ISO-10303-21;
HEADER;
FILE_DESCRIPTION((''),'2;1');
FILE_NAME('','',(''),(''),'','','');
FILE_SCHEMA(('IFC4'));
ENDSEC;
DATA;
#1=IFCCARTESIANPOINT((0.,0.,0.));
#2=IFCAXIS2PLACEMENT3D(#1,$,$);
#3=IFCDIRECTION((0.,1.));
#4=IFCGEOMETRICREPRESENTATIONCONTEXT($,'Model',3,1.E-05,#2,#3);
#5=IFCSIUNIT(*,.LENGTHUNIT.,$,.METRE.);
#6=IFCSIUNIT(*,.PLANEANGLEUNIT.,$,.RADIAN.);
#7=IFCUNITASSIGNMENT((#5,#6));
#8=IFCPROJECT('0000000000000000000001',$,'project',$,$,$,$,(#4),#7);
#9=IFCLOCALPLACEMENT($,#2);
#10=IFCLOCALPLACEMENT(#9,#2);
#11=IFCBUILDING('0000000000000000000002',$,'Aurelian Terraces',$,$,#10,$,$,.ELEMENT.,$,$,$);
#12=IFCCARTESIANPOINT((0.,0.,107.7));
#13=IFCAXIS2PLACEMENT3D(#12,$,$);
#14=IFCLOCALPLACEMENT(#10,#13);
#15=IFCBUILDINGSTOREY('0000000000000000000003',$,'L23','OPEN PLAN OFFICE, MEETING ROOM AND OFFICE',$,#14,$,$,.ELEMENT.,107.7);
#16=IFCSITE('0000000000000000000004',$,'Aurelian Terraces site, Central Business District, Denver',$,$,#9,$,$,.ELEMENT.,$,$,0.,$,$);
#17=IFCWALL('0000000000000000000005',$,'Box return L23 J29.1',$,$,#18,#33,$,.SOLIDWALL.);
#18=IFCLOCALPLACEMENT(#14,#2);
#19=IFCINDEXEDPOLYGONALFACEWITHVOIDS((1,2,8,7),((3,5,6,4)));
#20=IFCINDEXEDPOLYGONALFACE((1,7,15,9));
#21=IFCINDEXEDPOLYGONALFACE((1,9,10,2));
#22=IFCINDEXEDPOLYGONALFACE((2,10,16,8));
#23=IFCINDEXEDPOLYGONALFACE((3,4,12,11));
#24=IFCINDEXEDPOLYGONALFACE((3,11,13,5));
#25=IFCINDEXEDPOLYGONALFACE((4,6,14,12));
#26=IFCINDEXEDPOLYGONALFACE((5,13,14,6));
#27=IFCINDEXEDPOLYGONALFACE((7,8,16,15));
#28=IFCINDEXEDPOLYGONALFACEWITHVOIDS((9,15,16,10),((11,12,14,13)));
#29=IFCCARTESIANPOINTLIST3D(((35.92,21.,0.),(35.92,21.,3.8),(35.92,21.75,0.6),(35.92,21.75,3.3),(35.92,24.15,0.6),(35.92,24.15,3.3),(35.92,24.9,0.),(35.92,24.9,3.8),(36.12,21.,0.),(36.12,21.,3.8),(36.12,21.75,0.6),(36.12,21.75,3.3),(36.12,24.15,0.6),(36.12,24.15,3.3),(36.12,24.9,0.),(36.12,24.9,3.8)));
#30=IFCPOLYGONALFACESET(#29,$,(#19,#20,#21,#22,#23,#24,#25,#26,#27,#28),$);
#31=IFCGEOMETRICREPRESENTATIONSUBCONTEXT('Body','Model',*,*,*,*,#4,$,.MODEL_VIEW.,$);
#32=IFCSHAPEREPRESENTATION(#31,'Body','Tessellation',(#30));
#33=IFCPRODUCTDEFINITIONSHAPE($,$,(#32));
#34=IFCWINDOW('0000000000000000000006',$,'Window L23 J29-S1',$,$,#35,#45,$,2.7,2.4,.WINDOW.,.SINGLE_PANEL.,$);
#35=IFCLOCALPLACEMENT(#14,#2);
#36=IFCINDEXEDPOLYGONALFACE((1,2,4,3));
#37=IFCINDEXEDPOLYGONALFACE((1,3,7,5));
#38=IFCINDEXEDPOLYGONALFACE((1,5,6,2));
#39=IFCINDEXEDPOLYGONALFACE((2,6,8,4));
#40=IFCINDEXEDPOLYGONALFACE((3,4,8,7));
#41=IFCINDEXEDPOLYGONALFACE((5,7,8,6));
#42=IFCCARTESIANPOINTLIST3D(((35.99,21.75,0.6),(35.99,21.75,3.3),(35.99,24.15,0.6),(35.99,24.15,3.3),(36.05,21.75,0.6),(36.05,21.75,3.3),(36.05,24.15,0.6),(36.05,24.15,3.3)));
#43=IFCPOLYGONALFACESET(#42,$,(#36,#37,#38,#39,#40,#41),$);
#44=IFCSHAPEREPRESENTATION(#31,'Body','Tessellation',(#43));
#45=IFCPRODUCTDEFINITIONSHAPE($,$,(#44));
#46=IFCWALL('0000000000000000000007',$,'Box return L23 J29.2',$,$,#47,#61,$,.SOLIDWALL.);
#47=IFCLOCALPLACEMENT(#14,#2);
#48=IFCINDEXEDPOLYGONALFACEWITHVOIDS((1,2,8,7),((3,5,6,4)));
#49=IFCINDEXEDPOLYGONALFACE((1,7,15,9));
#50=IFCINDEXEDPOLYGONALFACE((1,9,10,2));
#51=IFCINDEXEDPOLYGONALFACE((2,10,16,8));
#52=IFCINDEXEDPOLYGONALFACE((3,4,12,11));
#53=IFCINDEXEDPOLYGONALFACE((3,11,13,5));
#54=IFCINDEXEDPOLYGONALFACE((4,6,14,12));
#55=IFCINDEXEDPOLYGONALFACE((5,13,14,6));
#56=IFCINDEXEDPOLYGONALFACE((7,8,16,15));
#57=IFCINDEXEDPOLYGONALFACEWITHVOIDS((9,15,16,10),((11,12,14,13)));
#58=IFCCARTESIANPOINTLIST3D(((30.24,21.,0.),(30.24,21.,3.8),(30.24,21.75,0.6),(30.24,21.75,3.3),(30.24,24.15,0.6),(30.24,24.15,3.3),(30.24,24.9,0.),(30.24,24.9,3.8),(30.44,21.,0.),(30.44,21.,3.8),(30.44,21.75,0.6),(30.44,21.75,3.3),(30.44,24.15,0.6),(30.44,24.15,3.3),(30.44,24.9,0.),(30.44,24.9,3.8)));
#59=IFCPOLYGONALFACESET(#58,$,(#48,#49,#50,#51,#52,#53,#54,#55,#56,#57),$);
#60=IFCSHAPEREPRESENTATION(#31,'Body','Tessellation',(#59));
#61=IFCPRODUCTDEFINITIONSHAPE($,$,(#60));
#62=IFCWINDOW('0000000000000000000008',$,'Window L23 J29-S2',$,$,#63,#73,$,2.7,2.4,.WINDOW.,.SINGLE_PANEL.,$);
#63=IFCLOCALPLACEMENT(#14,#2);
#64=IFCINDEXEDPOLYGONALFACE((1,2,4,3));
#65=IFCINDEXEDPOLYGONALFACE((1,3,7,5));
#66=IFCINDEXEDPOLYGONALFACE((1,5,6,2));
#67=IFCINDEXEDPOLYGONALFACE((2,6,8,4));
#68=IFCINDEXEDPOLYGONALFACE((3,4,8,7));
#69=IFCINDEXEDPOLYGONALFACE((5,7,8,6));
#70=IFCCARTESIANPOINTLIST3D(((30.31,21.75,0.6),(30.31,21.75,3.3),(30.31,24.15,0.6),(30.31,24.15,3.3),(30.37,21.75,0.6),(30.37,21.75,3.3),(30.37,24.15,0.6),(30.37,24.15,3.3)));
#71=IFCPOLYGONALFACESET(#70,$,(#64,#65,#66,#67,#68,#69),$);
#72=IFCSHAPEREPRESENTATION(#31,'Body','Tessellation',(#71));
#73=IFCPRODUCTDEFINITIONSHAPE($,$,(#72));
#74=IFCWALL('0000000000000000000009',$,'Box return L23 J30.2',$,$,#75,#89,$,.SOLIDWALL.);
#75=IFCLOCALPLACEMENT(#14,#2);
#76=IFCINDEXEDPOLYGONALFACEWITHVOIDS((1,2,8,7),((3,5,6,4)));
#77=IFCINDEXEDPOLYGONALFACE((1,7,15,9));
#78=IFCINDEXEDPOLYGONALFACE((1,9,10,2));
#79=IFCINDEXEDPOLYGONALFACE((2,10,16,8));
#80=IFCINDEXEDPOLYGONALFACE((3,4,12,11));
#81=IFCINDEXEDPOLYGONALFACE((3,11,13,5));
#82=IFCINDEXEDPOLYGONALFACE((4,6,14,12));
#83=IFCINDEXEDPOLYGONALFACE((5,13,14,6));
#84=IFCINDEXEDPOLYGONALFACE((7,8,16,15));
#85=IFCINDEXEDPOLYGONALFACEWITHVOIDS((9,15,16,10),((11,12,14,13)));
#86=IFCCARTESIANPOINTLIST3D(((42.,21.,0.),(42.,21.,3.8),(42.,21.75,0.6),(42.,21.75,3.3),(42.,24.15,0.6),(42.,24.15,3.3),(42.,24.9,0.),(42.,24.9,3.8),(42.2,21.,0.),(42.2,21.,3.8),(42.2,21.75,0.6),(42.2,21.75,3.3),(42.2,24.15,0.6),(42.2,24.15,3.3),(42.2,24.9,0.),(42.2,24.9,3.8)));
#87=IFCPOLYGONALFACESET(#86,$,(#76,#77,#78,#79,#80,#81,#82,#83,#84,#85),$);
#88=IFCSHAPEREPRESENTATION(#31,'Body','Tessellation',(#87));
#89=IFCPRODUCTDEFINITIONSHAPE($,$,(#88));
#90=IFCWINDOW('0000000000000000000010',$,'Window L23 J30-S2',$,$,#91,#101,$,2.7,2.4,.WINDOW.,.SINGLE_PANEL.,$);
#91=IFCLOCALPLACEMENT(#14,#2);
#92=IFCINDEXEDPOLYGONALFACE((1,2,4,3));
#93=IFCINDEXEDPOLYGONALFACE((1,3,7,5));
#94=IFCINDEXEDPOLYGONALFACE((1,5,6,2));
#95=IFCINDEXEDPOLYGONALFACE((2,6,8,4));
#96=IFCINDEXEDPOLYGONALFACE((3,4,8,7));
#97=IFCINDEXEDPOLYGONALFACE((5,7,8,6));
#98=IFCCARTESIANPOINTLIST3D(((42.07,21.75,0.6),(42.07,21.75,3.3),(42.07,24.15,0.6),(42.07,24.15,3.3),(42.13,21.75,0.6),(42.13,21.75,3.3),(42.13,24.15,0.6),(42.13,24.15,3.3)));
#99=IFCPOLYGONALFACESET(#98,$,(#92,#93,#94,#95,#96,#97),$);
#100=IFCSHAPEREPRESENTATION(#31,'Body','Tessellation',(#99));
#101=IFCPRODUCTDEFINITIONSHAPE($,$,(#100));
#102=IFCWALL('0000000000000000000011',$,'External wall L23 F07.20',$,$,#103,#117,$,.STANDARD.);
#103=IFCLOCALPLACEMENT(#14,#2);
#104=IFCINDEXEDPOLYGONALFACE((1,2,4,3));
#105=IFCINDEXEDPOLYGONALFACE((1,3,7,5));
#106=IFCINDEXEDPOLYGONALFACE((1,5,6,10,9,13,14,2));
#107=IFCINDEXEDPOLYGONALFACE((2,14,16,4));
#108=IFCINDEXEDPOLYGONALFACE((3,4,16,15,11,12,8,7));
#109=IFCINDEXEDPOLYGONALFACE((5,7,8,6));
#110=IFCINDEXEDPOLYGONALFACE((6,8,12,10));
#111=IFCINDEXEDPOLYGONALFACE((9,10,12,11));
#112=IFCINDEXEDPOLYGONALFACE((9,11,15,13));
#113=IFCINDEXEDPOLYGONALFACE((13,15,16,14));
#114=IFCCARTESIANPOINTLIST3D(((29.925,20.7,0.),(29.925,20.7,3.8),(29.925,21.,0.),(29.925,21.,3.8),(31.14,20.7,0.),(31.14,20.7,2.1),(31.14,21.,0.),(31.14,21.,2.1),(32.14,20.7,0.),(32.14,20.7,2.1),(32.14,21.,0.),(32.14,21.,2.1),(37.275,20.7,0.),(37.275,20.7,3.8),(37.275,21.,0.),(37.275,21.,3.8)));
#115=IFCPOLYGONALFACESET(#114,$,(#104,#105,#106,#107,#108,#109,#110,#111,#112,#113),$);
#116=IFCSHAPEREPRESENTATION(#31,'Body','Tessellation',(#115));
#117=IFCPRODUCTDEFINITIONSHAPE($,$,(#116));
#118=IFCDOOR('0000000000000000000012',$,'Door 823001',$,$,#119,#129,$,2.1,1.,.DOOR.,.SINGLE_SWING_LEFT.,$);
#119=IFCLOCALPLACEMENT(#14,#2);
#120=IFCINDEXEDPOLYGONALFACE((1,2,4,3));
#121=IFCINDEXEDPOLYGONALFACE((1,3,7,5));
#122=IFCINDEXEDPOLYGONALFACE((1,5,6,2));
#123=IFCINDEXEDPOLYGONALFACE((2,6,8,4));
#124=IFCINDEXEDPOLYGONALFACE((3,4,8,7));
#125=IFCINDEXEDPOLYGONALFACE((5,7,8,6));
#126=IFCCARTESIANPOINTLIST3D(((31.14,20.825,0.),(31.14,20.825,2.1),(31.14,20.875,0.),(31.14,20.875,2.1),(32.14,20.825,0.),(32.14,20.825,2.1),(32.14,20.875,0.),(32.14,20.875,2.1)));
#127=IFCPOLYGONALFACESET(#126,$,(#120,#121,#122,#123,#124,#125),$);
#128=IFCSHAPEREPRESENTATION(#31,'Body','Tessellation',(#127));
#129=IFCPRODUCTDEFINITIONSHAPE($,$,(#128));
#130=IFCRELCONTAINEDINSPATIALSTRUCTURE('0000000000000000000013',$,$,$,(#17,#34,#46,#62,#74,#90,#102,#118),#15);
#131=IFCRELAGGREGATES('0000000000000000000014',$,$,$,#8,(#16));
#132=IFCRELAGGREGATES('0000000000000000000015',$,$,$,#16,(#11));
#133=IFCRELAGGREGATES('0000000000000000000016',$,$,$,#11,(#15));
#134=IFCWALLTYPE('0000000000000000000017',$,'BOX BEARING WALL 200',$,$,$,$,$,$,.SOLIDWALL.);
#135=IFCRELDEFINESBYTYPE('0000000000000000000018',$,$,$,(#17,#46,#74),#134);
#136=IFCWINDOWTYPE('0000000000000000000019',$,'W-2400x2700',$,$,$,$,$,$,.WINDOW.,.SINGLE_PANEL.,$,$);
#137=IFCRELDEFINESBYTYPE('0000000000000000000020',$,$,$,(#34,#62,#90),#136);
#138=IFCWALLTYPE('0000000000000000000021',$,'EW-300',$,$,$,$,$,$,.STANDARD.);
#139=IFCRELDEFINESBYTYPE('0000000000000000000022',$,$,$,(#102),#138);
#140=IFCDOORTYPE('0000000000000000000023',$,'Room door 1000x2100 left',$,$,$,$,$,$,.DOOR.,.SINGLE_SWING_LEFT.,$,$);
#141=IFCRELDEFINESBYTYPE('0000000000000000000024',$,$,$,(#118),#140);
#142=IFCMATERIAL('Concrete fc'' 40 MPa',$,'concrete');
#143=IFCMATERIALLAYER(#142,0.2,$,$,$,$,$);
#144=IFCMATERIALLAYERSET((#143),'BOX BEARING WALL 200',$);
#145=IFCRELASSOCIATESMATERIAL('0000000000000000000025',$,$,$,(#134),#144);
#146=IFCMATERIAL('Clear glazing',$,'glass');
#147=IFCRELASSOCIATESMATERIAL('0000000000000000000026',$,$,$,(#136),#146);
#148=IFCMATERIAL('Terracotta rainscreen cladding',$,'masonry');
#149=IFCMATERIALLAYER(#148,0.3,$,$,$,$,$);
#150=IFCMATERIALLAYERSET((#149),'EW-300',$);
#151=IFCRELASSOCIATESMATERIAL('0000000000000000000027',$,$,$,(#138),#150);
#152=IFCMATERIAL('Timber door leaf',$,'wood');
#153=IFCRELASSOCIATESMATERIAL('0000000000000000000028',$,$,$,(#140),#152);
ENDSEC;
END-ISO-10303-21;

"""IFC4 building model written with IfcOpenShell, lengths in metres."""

from ifc_helpers import new_model, si_unit, direction, frame, frame_2d, origin, place, context, subcontext, project, spatial, rectangle, extrude, source, transform, mapped, material, layer, layer_set, type_object, element, fill, save


model = new_model("IFC4")

# Units and contexts
model_context = context("Model", 3, precision=1e-05, world=origin(), true_north=direction((0.0, 1.0)))
body_context = subcontext(model_context, "Body", "Model", "MODEL_VIEW")
ifc_project = project(units=[si_unit("LENGTHUNIT", "METRE"), si_unit("PLANEANGLEUNIT", "RADIAN")], contexts=[model_context])

# Site, building, storey
site_placement = place(None, origin())
site = spatial("IfcSite", under=ifc_project, at=site_placement, Name="Aurelian Terraces site, Central Business District, Denver", CompositionType="ELEMENT", RefElevation=0.0)
building_placement = place(site_placement, origin())
building = spatial("IfcBuilding", under=site, at=building_placement, Name="Aurelian Terraces", CompositionType="ELEMENT")
storey_placement = place(building_placement, frame((0.0, 0.0, 107.7)))
storey = spatial("IfcBuildingStorey", under=building, at=storey_placement, Name="L23", Description="OPEN PLAN OFFICE, MEETING ROOM AND OFFICE", CompositionType="ELEMENT", Elevation=107.7)

# Walls, openings, windows
ifc_material_1 = material(Name="Concrete fc' 40 MPa", Category="concrete")
ifc_layer_1 = layer(ifc_material_1, 0.2)
ifc_layer_set_1 = layer_set([ifc_layer_1], Name="BOX BEARING WALL 200")
wall_type_1 = type_object("IfcWallType", Name="BOX BEARING WALL 200", PredefinedType="SOLIDWALL", material=ifc_layer_set_1)
shared_shape_1 = source(origin(), body_context, "Body", "SweptSolid", [
    extrude(rectangle(XDim=3.9, YDim=0.2, at=frame_2d((1.95, 0.0))), origin(), (0.0, 0.0, 1.0), 3.8),
])
wall_1_placement = place(storey_placement, frame((36.02, 21.0, 0.0), z_axis=(0.0, 0.0, 1.0), x_axis=(0.0, 1.0, 0.0)))
wall_1 = element("IfcWall", 1, at=wall_1_placement, inside=storey, type_object=wall_type_1, Name="Box return L23 J29.1", PredefinedType="SOLIDWALL", context=body_context, shape_type="MappedRepresentation", body=[
    mapped(shared_shape_1, transform((0.0, 0.0, 0.0), scale=1.0)),
])
shared_shape_2 = source(origin(), body_context, "Body", "SweptSolid", [
    extrude(rectangle(XDim=2.4, YDim=2.7, at=frame_2d((1.2, 1.35))), frame((0.0, 0.11, 0.0), z_axis=(0.0, -1.0, 0.0), x_axis=(1.0, 0.0, 0.0)), (0.0, 0.0, 1.0), 0.22),
])
opening_1_placement = place(wall_1_placement, frame((0.75, 0.0, 0.6)))
opening_1 = element("IfcOpeningElement", 2, at=opening_1_placement, cuts=wall_1, PredefinedType="OPENING", context=body_context, shape_type="MappedRepresentation", body=[
    mapped(shared_shape_2, transform((0.0, 0.0, 0.0), scale=1.0)),
])
ifc_material_2 = material(Name="Clear glazing", Category="glass")
window_type_1 = type_object("IfcWindowType", Name="W-2400x2700", PartitioningType="SINGLE_PANEL", PredefinedType="WINDOW", material=ifc_material_2)
shared_shape_3 = source(origin(), body_context, "Body", "SweptSolid", [
    extrude(rectangle(XDim=2.4, YDim=2.7, at=frame_2d((1.2, 1.35))), frame((0.0, 0.03, 0.0), z_axis=(0.0, -1.0, 0.0), x_axis=(1.0, 0.0, 0.0)), (0.0, 0.0, 1.0), 0.06),
])
window_1_placement = place(opening_1_placement, origin())
window_1 = element("IfcWindow", 3, at=window_1_placement, inside=storey, type_object=window_type_1, Name="Window L23 J29-S1", OverallHeight=2.7, OverallWidth=2.4, PartitioningType="SINGLE_PANEL", PredefinedType="WINDOW", context=body_context, shape_type="MappedRepresentation", body=[
    mapped(shared_shape_3, transform((0.0, 0.0, 0.0), scale=1.0)),
])
fill(opening_1, window_1)
wall_2_placement = place(storey_placement, frame((30.34, 21.0, 0.0), z_axis=(0.0, 0.0, 1.0), x_axis=(0.0, 1.0, 0.0)))
wall_2 = element("IfcWall", 4, at=wall_2_placement, inside=storey, type_object=wall_type_1, Name="Box return L23 J29.2", PredefinedType="SOLIDWALL", context=body_context, shape_type="MappedRepresentation", body=[
    mapped(shared_shape_1, transform((0.0, 0.0, 0.0), scale=1.0)),
])
opening_2_placement = place(wall_2_placement, frame((0.75, 0.0, 0.6)))
opening_2 = element("IfcOpeningElement", 5, at=opening_2_placement, cuts=wall_2, PredefinedType="OPENING", context=body_context, shape_type="MappedRepresentation", body=[
    mapped(shared_shape_2, transform((0.0, 0.0, 0.0), scale=1.0)),
])
window_2_placement = place(opening_2_placement, origin())
window_2 = element("IfcWindow", 6, at=window_2_placement, inside=storey, type_object=window_type_1, Name="Window L23 J29-S2", OverallHeight=2.7, OverallWidth=2.4, PartitioningType="SINGLE_PANEL", PredefinedType="WINDOW", context=body_context, shape_type="MappedRepresentation", body=[
    mapped(shared_shape_3, transform((0.0, 0.0, 0.0), scale=1.0)),
])
fill(opening_2, window_2)
wall_3_placement = place(storey_placement, frame((42.1, 21.0, 0.0), z_axis=(0.0, 0.0, 1.0), x_axis=(0.0, 1.0, 0.0)))
wall_3 = element("IfcWall", 7, at=wall_3_placement, inside=storey, type_object=wall_type_1, Name="Box return L23 J30.2", PredefinedType="SOLIDWALL", context=body_context, shape_type="MappedRepresentation", body=[
    mapped(shared_shape_1, transform((0.0, 0.0, 0.0), scale=1.0)),
])
opening_3_placement = place(wall_3_placement, frame((0.75, 0.0, 0.6)))
opening_3 = element("IfcOpeningElement", 8, at=opening_3_placement, cuts=wall_3, PredefinedType="OPENING", context=body_context, shape_type="MappedRepresentation", body=[
    mapped(shared_shape_2, transform((0.0, 0.0, 0.0), scale=1.0)),
])
window_3_placement = place(opening_3_placement, origin())
window_3 = element("IfcWindow", 9, at=window_3_placement, inside=storey, type_object=window_type_1, Name="Window L23 J30-S2", OverallHeight=2.7, OverallWidth=2.4, PartitioningType="SINGLE_PANEL", PredefinedType="WINDOW", context=body_context, shape_type="MappedRepresentation", body=[
    mapped(shared_shape_3, transform((0.0, 0.0, 0.0), scale=1.0)),
])
fill(opening_3, window_3)

# Wall, opening, door
ifc_material_3 = material(Name="Terracotta rainscreen cladding", Category="masonry")
ifc_layer_2 = layer(ifc_material_3, 0.3)
ifc_layer_set_2 = layer_set([ifc_layer_2], Name="EW-300")
wall_type_2 = type_object("IfcWallType", Name="EW-300", PredefinedType="STANDARD", material=ifc_layer_set_2)
shared_shape_4 = source(origin(), body_context, "Body", "SweptSolid", [
    extrude(rectangle(XDim=7.35, YDim=0.3, at=frame_2d((3.675, 0.0))), origin(), (0.0, 0.0, 1.0), 3.8),
])
wall_4_placement = place(storey_placement, frame((37.275, 20.85, 0.0), z_axis=(0.0, 0.0, 1.0), x_axis=(-1.0, 0.0, 0.0)))
wall_4 = element("IfcWall", 10, at=wall_4_placement, inside=storey, type_object=wall_type_2, Name="External wall L23 F07.20", PredefinedType="STANDARD", context=body_context, shape_type="MappedRepresentation", body=[
    mapped(shared_shape_4, transform((0.0, 0.0, 0.0), scale=1.0)),
])
shared_shape_5 = source(origin(), body_context, "Body", "SweptSolid", [
    extrude(rectangle(XDim=1.0, YDim=2.1, at=frame_2d((0.5, 1.05))), frame((0.0, 0.16, 0.0), z_axis=(0.0, -1.0, 0.0), x_axis=(1.0, 0.0, 0.0)), (0.0, 0.0, 1.0), 0.32),
])
opening_4_placement = place(wall_4_placement, frame((5.135, 0.0, 0.0)))
opening_4 = element("IfcOpeningElement", 11, at=opening_4_placement, cuts=wall_4, PredefinedType="OPENING", context=body_context, shape_type="MappedRepresentation", body=[
    mapped(shared_shape_5, transform((0.0, 0.0, 0.0), scale=1.0)),
])
ifc_material_4 = material(Name="Timber door leaf", Category="wood")
door_type_1 = type_object("IfcDoorType", Name="Room door 1000x2100 left", OperationType="SINGLE_SWING_LEFT", PredefinedType="DOOR", material=ifc_material_4)
shared_shape_6 = source(origin(), body_context, "Body", "SweptSolid", [
    extrude(rectangle(XDim=1.0, YDim=2.1, at=frame_2d((0.5, 1.05))), frame((0.0, 0.025, 0.0), z_axis=(0.0, -1.0, 0.0), x_axis=(1.0, 0.0, 0.0)), (0.0, 0.0, 1.0), 0.05),
])
door_1_placement = place(opening_4_placement, origin())
door_1 = element("IfcDoor", 12, at=door_1_placement, inside=storey, type_object=door_type_1, Name="Door 823001", OperationType="SINGLE_SWING_LEFT", OverallHeight=2.1, OverallWidth=1.0, PredefinedType="DOOR", context=body_context, shape_type="MappedRepresentation", body=[
    mapped(shared_shape_6, transform((0.0, 0.0, 0.0), scale=1.0)),
])
fill(opening_4, door_1)

save(model, "model.ifc")
